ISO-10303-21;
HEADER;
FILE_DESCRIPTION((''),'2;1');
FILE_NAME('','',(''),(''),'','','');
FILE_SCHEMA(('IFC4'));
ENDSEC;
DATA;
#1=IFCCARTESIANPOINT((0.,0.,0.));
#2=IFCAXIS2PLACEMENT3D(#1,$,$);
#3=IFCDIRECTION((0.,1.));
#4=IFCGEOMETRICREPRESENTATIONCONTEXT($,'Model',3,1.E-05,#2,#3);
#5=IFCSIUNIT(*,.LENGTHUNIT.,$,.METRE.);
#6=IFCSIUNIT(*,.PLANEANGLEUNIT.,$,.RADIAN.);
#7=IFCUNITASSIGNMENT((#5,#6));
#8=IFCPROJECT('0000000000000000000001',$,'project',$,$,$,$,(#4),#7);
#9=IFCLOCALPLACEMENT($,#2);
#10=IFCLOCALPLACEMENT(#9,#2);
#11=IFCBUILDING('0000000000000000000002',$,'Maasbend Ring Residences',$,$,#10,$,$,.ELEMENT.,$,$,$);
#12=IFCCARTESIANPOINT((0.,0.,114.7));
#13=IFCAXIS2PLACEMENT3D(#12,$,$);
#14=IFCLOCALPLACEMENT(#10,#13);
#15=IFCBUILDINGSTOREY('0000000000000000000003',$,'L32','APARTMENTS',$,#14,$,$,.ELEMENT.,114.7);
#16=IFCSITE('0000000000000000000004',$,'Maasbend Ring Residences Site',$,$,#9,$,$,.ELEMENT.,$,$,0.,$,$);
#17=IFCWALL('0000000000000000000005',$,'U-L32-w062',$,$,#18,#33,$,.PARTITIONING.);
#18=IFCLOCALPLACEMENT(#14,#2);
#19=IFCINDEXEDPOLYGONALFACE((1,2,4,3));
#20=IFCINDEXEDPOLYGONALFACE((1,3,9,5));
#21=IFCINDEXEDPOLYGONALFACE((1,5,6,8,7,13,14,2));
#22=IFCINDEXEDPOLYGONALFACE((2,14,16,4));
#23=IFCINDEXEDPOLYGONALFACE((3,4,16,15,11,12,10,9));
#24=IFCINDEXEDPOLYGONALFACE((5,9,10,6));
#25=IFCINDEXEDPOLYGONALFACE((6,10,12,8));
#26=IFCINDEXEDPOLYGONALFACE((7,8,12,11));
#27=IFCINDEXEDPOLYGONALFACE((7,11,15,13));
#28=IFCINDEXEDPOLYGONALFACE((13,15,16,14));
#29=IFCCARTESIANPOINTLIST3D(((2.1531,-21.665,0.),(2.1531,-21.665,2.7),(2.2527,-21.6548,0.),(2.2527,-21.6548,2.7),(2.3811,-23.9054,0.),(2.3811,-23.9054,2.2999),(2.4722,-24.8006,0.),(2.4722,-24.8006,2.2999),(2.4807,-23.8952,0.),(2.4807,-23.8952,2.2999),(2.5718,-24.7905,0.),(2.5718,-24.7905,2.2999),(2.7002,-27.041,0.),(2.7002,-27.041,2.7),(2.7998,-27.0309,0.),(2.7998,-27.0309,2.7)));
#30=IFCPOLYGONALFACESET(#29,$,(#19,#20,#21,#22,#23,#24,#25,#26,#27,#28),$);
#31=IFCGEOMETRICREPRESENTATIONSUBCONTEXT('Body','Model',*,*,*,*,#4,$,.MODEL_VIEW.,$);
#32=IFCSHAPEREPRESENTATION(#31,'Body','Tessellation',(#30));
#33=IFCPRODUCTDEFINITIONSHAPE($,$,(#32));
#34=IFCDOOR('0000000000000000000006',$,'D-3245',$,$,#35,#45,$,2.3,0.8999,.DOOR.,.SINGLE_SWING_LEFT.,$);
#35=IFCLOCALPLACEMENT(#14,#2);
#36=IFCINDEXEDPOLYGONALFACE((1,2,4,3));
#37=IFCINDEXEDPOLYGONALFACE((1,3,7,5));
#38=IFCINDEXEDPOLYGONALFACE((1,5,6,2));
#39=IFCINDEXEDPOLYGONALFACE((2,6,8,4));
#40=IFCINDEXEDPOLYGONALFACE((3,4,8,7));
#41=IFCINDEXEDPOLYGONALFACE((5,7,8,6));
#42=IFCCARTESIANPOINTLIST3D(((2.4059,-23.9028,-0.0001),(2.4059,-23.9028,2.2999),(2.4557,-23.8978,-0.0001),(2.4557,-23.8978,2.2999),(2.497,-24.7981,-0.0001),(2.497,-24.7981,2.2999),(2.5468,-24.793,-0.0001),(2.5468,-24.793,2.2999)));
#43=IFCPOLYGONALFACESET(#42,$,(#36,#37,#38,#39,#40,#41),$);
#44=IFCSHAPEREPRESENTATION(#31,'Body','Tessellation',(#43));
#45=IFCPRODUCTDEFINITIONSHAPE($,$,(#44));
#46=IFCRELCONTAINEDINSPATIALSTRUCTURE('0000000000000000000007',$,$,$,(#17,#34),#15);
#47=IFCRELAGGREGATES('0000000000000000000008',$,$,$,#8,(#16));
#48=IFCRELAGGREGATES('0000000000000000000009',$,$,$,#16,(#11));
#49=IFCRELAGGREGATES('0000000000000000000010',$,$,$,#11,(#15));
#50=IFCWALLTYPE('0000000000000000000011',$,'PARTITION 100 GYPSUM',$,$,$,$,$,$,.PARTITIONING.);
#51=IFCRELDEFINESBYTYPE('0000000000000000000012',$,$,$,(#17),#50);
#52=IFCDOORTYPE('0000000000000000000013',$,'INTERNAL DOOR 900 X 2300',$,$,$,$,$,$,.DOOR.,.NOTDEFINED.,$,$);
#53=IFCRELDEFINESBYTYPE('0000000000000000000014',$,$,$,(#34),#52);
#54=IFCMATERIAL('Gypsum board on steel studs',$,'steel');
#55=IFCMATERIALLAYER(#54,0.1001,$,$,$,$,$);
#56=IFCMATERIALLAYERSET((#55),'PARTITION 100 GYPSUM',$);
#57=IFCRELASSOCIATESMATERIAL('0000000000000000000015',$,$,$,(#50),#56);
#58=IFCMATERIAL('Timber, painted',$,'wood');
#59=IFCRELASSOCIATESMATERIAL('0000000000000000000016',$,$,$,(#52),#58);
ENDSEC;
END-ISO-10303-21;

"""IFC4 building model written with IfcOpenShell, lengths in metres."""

from ifc_helpers import new_model, si_unit, direction, frame, frame_2d, origin, place, context, subcontext, project, spatial, rectangle, extrude, material, layer, layer_set, type_object, element, fill, save


model = new_model("IFC4")

# Units and contexts
model_context = context("Model", 3, precision=1e-05, world=origin(), true_north=direction((0.0, 1.0)))
body_context = subcontext(model_context, "Body", "Model", "MODEL_VIEW")
ifc_project = project(units=[si_unit("LENGTHUNIT", "METRE"), si_unit("PLANEANGLEUNIT", "RADIAN")], contexts=[model_context])

# Site, building, storey
site_placement = place(None, origin())
site = spatial("IfcSite", under=ifc_project, at=site_placement, Name="Maasbend Ring Residences Site", CompositionType="ELEMENT", RefElevation=0.0)
building_placement = place(site_placement, origin())
building = spatial("IfcBuilding", under=site, at=building_placement, Name="Maasbend Ring Residences", CompositionType="ELEMENT")
storey_placement = place(building_placement, frame((0.0, 0.0, 114.7)))
storey = spatial("IfcBuildingStorey", under=building, at=storey_placement, Name="L32", Description="APARTMENTS", CompositionType="ELEMENT", Elevation=114.7)

# Shared definitions
ifc_material_1 = material(Name="Gypsum board on steel studs", Category="steel")
ifc_layer_1 = layer(ifc_material_1, 0.1001)
ifc_layer_set_1 = layer_set([ifc_layer_1], Name="PARTITION 100 GYPSUM")
wall_type_1 = type_object("IfcWallType", Name="PARTITION 100 GYPSUM", PredefinedType="PARTITIONING", material=ifc_layer_set_1)

# Wall, opening, door
ifc_material_2 = material(Name="Timber, painted", Category="wood")
door_type_1 = type_object("IfcDoorType", Name="INTERNAL DOOR 900 X 2300", OperationType="NOTDEFINED", PredefinedType="DOOR", material=ifc_material_2)
wall_1_placement = place(storey_placement, frame((2.2029, -21.6599, 0.0), z_axis=(0.0, 0.0, 1.0), x_axis=(0.101248, -0.994861, 0.0)))
wall_1 = element("IfcWall", 1, at=wall_1_placement, inside=storey, type_object=wall_type_1, Name="U-L32-w062", PredefinedType="PARTITIONING", context=body_context, shape_type="SweptSolid", body=[
    extrude(rectangle(XDim=5.4038, YDim=0.1001, at=frame_2d((2.7019, 0.0))), origin(), (0.0, 0.0, 1.0), 2.7),
])
opening_1_placement = place(wall_1_placement, frame((2.252, 0.0, 0.0)))
opening_1 = element("IfcOpeningElement", 2, at=opening_1_placement, cuts=wall_1, PredefinedType="OPENING", context=body_context, shape_type="SweptSolid", body=[
    extrude(rectangle(XDim=0.8999, YDim=2.3, at=frame_2d((0.45, 1.1499))), frame((0.0, 0.0601, 0.0), z_axis=(0.0, -1.0, 0.0), x_axis=(1.0, 0.0, 0.0)), (0.0, 0.0, 1.0), 0.1201),
])
door_1_placement = place(opening_1_placement, origin())
door_1 = element("IfcDoor", 3, at=door_1_placement, inside=storey, type_object=door_type_1, Name="D-3245", OperationType="SINGLE_SWING_LEFT", OverallHeight=2.3, OverallWidth=0.8999, PredefinedType="DOOR", context=body_context, shape_type="SweptSolid", body=[
    extrude(rectangle(XDim=0.8999, YDim=2.3, at=frame_2d((0.45, 1.1499))), frame((0.0, 0.0249, 0.0), z_axis=(0.0, -1.0, 0.0), x_axis=(1.0, 0.0, 0.0)), (0.0, 0.0, 1.0), 0.05),
])
fill(opening_1, door_1)

save(model, "model.ifc")
